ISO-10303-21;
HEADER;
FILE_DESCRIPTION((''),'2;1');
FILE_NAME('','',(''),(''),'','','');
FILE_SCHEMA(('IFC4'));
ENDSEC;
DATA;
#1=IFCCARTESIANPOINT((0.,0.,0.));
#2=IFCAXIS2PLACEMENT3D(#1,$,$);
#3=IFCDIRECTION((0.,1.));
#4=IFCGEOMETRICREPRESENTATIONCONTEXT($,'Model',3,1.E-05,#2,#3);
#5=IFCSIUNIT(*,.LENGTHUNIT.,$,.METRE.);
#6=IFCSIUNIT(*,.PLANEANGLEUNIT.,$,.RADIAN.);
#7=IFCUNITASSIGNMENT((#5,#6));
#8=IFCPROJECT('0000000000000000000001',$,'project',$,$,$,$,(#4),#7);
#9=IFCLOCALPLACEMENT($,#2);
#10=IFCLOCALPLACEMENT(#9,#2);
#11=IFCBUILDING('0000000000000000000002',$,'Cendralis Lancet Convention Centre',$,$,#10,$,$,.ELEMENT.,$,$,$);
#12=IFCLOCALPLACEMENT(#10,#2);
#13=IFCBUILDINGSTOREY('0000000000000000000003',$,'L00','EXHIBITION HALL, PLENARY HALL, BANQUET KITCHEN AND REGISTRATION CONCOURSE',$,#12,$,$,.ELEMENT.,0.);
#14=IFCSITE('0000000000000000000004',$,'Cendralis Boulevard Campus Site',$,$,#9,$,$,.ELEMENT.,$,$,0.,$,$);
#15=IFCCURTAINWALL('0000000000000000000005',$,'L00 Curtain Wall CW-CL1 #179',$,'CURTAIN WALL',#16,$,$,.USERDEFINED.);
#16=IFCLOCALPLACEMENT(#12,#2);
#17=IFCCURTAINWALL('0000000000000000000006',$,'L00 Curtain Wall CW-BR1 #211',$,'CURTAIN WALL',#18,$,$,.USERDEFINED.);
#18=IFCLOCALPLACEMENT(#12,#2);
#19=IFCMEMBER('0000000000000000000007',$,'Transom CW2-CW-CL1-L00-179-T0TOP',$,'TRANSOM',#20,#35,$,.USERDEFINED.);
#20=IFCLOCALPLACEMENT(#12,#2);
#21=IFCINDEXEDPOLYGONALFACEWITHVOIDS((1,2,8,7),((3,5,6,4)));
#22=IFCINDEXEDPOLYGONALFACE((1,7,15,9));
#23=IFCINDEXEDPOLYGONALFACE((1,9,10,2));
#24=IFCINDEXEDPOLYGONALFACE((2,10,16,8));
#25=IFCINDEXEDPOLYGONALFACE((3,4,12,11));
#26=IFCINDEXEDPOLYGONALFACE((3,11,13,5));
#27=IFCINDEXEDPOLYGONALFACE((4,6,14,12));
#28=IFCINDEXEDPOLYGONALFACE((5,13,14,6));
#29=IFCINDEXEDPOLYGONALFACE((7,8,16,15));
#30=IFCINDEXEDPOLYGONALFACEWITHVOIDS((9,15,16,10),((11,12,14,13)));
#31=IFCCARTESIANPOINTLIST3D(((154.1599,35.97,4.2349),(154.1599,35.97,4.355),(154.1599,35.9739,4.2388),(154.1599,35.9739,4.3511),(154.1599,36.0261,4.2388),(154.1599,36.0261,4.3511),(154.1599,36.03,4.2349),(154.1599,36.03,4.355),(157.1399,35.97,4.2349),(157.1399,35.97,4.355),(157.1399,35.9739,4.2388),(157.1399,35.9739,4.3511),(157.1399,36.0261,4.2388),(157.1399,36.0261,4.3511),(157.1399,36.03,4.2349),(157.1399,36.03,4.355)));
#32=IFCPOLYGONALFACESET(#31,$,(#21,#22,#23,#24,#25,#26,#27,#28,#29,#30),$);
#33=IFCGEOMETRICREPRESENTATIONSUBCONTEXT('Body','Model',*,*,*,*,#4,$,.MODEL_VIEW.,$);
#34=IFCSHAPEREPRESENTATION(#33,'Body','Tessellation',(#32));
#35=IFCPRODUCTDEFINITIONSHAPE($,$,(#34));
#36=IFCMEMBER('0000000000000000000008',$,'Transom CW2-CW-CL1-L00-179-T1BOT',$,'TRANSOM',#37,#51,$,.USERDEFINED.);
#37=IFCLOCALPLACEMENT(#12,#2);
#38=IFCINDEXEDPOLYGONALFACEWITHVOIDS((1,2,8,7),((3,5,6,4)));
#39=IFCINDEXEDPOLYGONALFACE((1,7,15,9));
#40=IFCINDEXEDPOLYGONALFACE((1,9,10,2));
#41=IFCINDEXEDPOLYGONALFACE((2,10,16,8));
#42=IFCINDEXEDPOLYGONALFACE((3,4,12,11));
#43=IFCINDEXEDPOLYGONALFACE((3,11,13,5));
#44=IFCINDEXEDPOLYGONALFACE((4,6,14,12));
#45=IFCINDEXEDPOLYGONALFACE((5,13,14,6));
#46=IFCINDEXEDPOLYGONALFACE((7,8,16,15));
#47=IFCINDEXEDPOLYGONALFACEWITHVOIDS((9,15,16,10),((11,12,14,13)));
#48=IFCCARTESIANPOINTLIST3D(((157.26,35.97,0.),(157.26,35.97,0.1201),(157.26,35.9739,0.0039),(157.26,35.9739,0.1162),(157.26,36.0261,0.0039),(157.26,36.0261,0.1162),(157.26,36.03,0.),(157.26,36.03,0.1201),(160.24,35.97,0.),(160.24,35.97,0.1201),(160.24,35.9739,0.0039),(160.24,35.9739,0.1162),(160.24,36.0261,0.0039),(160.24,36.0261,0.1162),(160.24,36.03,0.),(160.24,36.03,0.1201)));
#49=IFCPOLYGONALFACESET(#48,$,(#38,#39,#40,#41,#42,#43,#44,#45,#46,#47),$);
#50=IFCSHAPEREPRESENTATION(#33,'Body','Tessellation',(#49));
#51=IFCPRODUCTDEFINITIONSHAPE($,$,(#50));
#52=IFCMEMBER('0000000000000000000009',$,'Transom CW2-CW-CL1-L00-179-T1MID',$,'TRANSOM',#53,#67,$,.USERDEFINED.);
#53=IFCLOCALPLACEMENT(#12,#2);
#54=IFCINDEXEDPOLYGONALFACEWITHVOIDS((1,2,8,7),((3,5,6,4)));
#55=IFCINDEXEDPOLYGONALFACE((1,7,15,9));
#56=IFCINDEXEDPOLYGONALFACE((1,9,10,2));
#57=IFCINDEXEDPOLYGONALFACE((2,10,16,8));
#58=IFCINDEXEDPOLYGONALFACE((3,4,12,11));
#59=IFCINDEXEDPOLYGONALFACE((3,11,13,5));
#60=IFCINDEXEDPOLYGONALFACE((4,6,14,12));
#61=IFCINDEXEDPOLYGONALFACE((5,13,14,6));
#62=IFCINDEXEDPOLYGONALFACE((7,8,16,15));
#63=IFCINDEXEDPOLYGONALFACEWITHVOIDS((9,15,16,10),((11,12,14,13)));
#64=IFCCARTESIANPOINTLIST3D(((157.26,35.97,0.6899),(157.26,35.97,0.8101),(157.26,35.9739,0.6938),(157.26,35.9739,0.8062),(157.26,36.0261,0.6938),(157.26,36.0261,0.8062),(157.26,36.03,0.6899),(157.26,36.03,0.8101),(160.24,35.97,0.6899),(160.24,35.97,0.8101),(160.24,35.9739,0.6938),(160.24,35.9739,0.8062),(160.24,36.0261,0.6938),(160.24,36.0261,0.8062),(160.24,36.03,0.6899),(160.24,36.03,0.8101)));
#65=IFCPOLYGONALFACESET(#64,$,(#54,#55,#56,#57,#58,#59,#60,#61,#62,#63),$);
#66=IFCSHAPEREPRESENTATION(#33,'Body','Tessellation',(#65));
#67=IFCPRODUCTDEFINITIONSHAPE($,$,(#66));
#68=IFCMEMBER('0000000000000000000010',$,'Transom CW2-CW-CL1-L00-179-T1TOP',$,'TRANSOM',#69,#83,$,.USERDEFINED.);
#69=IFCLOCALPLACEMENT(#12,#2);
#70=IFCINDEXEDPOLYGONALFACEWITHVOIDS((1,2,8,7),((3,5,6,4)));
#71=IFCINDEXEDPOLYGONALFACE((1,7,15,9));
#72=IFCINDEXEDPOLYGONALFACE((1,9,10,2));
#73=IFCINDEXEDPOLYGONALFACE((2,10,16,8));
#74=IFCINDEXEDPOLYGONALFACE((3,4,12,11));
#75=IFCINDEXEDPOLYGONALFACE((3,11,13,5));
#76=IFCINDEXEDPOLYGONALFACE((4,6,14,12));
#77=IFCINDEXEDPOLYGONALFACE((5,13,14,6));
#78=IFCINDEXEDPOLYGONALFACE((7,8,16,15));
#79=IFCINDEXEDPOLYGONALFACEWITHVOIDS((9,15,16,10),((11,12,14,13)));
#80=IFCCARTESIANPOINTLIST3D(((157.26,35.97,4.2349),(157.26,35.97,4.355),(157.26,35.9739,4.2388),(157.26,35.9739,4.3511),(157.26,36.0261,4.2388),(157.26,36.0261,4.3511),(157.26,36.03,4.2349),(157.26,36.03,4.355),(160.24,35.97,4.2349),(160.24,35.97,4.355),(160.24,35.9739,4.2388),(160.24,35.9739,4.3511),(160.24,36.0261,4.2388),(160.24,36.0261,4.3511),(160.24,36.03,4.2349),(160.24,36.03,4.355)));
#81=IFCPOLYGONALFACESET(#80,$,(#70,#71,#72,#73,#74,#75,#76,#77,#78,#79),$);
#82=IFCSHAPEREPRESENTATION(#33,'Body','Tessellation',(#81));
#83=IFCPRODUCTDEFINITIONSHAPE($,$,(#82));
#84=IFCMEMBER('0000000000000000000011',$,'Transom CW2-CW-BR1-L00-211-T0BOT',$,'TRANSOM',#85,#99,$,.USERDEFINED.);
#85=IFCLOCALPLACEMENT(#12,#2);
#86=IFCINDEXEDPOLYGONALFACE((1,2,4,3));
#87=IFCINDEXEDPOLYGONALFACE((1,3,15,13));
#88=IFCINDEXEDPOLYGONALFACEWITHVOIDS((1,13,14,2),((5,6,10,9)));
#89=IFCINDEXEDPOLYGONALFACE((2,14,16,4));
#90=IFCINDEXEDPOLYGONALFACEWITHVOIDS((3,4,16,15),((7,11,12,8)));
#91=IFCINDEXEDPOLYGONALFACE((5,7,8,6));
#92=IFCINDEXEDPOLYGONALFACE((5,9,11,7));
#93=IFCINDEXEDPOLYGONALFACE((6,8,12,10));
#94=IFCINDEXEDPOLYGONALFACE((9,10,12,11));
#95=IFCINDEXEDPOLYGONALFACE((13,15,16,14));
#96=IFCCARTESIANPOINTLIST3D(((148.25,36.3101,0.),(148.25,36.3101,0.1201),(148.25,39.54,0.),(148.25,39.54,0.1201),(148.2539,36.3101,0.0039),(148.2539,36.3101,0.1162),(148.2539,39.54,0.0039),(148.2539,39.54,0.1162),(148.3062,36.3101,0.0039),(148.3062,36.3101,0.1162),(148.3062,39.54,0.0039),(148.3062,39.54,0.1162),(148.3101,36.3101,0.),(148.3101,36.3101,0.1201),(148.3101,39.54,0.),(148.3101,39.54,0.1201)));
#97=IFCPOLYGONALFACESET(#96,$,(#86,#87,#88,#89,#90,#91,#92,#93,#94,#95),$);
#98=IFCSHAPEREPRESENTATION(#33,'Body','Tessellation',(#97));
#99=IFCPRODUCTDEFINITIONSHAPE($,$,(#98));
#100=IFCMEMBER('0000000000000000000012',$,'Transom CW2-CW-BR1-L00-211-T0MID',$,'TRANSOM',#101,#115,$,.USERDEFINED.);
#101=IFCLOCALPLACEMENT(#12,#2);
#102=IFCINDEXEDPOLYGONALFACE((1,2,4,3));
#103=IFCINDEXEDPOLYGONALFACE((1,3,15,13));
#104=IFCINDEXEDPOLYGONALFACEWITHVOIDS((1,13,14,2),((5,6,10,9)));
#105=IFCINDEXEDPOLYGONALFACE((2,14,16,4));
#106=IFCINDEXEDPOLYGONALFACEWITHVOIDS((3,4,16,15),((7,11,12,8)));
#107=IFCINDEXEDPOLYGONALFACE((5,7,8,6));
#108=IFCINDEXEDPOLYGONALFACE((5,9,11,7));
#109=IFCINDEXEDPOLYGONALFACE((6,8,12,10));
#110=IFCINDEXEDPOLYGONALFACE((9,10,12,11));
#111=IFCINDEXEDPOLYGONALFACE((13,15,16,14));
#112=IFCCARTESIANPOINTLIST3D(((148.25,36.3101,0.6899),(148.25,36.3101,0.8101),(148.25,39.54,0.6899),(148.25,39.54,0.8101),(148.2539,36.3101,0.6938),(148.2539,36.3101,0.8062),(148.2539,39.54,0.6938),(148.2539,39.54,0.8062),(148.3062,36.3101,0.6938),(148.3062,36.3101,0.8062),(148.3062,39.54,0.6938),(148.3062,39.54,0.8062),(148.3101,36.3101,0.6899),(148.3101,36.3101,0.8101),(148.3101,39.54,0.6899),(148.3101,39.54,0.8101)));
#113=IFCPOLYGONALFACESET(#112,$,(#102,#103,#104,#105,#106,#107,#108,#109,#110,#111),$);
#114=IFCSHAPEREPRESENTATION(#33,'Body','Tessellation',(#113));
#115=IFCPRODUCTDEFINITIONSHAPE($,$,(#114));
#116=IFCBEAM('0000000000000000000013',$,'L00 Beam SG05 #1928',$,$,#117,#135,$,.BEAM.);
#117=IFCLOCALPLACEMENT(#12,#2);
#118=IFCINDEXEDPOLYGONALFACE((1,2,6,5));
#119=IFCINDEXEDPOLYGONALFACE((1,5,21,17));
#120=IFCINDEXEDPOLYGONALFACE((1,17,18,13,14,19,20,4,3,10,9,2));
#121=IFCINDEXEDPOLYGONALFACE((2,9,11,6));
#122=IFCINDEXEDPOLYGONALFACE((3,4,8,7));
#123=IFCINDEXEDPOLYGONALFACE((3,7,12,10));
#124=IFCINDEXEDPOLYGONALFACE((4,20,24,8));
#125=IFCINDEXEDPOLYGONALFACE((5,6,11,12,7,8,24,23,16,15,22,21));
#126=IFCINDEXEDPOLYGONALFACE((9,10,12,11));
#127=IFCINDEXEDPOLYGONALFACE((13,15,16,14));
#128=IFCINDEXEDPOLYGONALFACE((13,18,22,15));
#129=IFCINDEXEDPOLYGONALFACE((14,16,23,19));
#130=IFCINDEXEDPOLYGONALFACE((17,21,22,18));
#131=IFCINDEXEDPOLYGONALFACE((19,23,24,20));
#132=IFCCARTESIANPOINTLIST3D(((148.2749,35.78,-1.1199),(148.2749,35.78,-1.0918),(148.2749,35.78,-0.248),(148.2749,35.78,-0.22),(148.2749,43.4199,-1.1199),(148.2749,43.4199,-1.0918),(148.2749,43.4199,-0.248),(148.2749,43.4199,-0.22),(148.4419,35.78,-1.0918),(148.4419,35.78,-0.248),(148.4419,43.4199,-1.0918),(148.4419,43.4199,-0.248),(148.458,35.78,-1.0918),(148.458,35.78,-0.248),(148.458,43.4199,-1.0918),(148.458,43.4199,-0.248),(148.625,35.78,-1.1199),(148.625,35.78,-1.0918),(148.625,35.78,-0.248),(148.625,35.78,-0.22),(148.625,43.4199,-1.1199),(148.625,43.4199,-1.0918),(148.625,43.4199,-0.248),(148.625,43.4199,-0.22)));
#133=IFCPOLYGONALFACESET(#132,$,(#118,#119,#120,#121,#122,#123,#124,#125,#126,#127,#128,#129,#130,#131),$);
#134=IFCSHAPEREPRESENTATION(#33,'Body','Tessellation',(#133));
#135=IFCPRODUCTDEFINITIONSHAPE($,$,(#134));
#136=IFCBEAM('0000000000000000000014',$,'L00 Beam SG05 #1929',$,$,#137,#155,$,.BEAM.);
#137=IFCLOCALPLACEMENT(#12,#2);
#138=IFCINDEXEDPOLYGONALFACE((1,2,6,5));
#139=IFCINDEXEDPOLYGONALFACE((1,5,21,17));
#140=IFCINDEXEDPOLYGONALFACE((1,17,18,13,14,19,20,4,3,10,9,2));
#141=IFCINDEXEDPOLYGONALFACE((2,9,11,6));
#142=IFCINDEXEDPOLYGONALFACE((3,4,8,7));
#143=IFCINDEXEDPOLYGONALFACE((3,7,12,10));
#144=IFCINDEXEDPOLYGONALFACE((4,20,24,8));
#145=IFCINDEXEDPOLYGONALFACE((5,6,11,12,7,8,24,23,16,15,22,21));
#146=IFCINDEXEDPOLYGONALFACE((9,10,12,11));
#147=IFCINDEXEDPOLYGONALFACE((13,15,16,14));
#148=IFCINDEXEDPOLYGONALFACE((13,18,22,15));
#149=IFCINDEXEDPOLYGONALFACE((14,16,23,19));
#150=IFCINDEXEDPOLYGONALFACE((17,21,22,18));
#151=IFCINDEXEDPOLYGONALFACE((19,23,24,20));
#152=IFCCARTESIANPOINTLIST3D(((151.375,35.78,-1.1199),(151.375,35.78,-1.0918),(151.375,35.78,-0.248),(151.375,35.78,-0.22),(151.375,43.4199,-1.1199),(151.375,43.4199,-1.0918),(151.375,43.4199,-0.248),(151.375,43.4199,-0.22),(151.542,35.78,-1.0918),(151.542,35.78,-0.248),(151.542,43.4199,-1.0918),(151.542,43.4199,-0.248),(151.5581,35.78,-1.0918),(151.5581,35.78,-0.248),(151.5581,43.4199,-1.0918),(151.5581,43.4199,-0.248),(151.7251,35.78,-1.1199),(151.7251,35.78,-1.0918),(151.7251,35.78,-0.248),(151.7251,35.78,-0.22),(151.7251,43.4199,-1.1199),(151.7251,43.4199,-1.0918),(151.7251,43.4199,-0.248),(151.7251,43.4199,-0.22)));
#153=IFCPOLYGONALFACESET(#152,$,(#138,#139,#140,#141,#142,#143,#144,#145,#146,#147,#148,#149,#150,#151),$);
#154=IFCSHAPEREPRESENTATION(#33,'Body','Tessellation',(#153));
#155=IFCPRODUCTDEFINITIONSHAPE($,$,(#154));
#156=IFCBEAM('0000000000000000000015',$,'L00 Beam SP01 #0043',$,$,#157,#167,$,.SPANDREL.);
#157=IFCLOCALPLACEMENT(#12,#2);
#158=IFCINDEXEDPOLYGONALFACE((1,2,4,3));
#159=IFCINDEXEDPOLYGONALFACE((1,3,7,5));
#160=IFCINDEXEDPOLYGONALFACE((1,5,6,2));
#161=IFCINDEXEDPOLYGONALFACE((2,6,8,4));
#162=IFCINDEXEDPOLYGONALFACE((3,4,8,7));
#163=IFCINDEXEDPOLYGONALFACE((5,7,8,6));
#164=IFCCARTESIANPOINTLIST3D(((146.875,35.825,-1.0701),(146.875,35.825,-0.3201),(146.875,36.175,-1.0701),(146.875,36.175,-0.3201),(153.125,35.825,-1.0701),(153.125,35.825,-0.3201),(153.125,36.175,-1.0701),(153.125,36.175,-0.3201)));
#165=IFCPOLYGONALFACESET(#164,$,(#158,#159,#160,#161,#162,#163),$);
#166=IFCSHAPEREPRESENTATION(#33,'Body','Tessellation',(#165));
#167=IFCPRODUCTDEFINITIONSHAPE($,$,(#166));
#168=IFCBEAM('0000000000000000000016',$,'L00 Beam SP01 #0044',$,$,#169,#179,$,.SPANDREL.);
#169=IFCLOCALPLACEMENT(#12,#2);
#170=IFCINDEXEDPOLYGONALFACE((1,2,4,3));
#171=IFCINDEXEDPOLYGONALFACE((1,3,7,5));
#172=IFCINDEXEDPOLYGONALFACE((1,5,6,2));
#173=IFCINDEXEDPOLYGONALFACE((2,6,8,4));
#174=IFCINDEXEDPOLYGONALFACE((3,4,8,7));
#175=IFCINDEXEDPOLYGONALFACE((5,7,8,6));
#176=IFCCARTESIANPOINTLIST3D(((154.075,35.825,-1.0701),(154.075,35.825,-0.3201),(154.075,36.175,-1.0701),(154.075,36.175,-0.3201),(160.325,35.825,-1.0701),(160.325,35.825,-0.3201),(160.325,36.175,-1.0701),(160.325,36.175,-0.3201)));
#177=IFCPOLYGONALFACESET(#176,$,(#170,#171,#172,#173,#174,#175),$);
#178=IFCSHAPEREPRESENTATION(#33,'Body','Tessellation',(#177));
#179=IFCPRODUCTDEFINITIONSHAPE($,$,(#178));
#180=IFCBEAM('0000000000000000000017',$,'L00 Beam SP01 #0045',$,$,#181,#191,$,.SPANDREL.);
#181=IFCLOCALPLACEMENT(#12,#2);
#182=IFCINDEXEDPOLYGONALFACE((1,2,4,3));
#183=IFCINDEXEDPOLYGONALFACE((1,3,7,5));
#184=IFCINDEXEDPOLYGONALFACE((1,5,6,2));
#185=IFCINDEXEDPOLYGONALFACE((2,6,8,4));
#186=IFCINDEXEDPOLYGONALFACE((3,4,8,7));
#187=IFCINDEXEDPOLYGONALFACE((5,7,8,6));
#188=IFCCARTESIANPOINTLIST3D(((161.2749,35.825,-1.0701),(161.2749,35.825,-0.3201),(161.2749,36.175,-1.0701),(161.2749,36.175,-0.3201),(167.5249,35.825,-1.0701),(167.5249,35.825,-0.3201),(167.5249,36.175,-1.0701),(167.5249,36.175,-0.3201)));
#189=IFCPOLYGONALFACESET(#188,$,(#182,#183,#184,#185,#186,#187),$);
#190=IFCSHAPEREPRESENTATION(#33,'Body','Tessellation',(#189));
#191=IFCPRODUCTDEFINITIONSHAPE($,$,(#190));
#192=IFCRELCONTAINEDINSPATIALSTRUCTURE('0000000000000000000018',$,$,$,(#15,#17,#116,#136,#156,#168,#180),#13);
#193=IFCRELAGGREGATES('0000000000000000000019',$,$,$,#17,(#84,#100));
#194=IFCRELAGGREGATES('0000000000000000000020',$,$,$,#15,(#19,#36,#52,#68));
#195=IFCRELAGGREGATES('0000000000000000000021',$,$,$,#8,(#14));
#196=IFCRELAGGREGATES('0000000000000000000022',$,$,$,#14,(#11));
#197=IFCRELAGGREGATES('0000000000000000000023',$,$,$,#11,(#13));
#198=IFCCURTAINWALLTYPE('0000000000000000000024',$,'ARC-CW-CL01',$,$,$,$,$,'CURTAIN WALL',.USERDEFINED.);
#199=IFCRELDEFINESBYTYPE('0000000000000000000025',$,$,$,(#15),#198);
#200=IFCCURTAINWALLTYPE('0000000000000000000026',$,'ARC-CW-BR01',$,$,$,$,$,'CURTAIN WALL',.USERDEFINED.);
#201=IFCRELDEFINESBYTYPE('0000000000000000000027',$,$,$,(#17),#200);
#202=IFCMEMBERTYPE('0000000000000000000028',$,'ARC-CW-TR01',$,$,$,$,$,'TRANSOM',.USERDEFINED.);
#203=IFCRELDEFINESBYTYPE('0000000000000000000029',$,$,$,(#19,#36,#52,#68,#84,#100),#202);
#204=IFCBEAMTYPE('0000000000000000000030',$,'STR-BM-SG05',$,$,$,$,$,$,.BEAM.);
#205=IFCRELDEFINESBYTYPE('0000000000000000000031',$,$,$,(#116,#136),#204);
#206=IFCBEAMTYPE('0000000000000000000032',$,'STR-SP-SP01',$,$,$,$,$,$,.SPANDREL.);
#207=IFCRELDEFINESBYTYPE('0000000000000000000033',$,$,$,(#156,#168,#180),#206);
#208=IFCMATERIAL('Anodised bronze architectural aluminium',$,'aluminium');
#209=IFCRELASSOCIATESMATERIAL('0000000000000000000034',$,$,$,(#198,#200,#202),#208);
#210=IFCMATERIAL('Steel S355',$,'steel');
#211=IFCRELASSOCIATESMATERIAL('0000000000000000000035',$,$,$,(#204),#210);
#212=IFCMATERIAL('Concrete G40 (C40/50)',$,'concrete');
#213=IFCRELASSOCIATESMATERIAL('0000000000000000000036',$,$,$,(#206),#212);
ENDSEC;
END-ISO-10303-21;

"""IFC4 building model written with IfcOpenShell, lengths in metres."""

from ifc_helpers import new_model, si_unit, direction, frame, origin, origin_2d, place, context, subcontext, project, spatial, rectangle, hollow_rectangle, i_section, extrude, material, material_profile, profile_set, type_object, element, aggregate, save


model = new_model("IFC4")

# Units and contexts
model_context = context("Model", 3, precision=1e-05, world=origin(), true_north=direction((0.0, 1.0)))
body_context = subcontext(model_context, "Body", "Model", "MODEL_VIEW")
ifc_project = project(units=[si_unit("LENGTHUNIT", "METRE"), si_unit("PLANEANGLEUNIT", "RADIAN")], contexts=[model_context])

# Site, building, storey
site_placement = place(None, origin())
site = spatial("IfcSite", under=ifc_project, at=site_placement, Name="Cendralis Boulevard Campus Site", CompositionType="ELEMENT", RefElevation=0.0)
building_placement = place(site_placement, origin())
building = spatial("IfcBuilding", under=site, at=building_placement, Name="Cendralis Lancet Convention Centre", CompositionType="ELEMENT")
storey_placement = place(building_placement, origin())
storey = spatial("IfcBuildingStorey", under=building, at=storey_placement, Name="L00", Description="EXHIBITION HALL, PLENARY HALL, BANQUET KITCHEN AND REGISTRATION CONCOURSE", CompositionType="ELEMENT", Elevation=0.0)

# Shared definitions
ifc_material_1 = material(Name="Concrete G40 (C40/50)", Category="concrete")

# Curtain wall
ifc_material_2 = material(Name="Anodised bronze architectural aluminium", Category="aluminium")
curtain_wall_type_1 = type_object("IfcCurtainWallType", Name="ARC-CW-CL01", ElementType="CURTAIN WALL", PredefinedType="USERDEFINED", material=ifc_material_2)
curtain_wall_1_placement = place(storey_placement, origin())
curtain_wall_1 = element("IfcCurtainWall", 1, at=curtain_wall_1_placement, inside=storey, type_object=curtain_wall_type_1, Name="L00 Curtain Wall CW-CL1 #179", ObjectType="CURTAIN WALL", PredefinedType="USERDEFINED")

# Curtain wall
curtain_wall_type_2 = type_object("IfcCurtainWallType", Name="ARC-CW-BR01", ElementType="CURTAIN WALL", PredefinedType="USERDEFINED", material=ifc_material_2)
curtain_wall_2_placement = place(storey_placement, origin())
curtain_wall_2 = element("IfcCurtainWall", 2, at=curtain_wall_2_placement, inside=storey, type_object=curtain_wall_type_2, Name="L00 Curtain Wall CW-BR1 #211", ObjectType="CURTAIN WALL", PredefinedType="USERDEFINED")

# Members
ifc_material_profile_1 = material_profile(ifc_material_2, hollow_rectangle(XDim=0.0601, YDim=0.1201, WallThickness=0.0039, at=origin_2d()), Name="AL-TRAN 60x120x4.0")
ifc_profile_set_1 = profile_set([ifc_material_profile_1], Name="Anodised bronze architectural aluminium")
member_type_1 = type_object("IfcMemberType", Name="ARC-CW-TR01", ElementType="TRANSOM", PredefinedType="USERDEFINED", material=ifc_profile_set_1)
member_1_placement = place(storey_placement, frame((154.1599, 36.0, 4.2949), z_axis=(1.0, 0.0, 0.0), x_axis=(0.0, 1.0, 0.0)))
member_1 = element("IfcMember", 3, at=member_1_placement, type_object=member_type_1, Name="Transom CW2-CW-CL1-L00-179-T0TOP", ObjectType="TRANSOM", PredefinedType="USERDEFINED", context=body_context, shape_type="SweptSolid", body=[
    extrude(hollow_rectangle(XDim=0.0601, YDim=0.1201, WallThickness=0.0039, at=origin_2d()), origin(), (0.0, 0.0, 1.0), 2.98),
])
member_2_placement = place(storey_placement, frame((157.26, 36.0, 0.0601), z_axis=(1.0, 0.0, 0.0), x_axis=(0.0, 1.0, 0.0)))
member_2 = element("IfcMember", 4, at=member_2_placement, type_object=member_type_1, Name="Transom CW2-CW-CL1-L00-179-T1BOT", ObjectType="TRANSOM", PredefinedType="USERDEFINED", context=body_context, shape_type="SweptSolid", body=[
    extrude(hollow_rectangle(XDim=0.0601, YDim=0.1201, WallThickness=0.0039, at=origin_2d()), origin(), (0.0, 0.0, 1.0), 2.98),
])
member_3_placement = place(storey_placement, frame((157.26, 36.0, 0.75), z_axis=(1.0, 0.0, 0.0), x_axis=(0.0, 1.0, 0.0)))
member_3 = element("IfcMember", 5, at=member_3_placement, type_object=member_type_1, Name="Transom CW2-CW-CL1-L00-179-T1MID", ObjectType="TRANSOM", PredefinedType="USERDEFINED", context=body_context, shape_type="SweptSolid", body=[
    extrude(hollow_rectangle(XDim=0.0601, YDim=0.1201, WallThickness=0.0039, at=origin_2d()), origin(), (0.0, 0.0, 1.0), 2.98),
])
member_4_placement = place(storey_placement, frame((157.26, 36.0, 4.2949), z_axis=(1.0, 0.0, 0.0), x_axis=(0.0, 1.0, 0.0)))
member_4 = element("IfcMember", 6, at=member_4_placement, type_object=member_type_1, Name="Transom CW2-CW-CL1-L00-179-T1TOP", ObjectType="TRANSOM", PredefinedType="USERDEFINED", context=body_context, shape_type="SweptSolid", body=[
    extrude(hollow_rectangle(XDim=0.0601, YDim=0.1201, WallThickness=0.0039, at=origin_2d()), origin(), (0.0, 0.0, 1.0), 2.98),
])
member_5_placement = place(storey_placement, frame((148.28, 36.3101, 0.0601), z_axis=(0.0, 1.0, 0.0), x_axis=(-1.0, 0.0, 0.0)))
member_5 = element("IfcMember", 7, at=member_5_placement, type_object=member_type_1, Name="Transom CW2-CW-BR1-L00-211-T0BOT", ObjectType="TRANSOM", PredefinedType="USERDEFINED", context=body_context, shape_type="SweptSolid", body=[
    extrude(hollow_rectangle(XDim=0.0601, YDim=0.1201, WallThickness=0.0039, at=origin_2d()), origin(), (0.0, 0.0, 1.0), 3.23),
])
member_6_placement = place(storey_placement, frame((148.28, 36.3101, 0.75), z_axis=(0.0, 1.0, 0.0), x_axis=(-1.0, 0.0, 0.0)))
member_6 = element("IfcMember", 8, at=member_6_placement, type_object=member_type_1, Name="Transom CW2-CW-BR1-L00-211-T0MID", ObjectType="TRANSOM", PredefinedType="USERDEFINED", context=body_context, shape_type="SweptSolid", body=[
    extrude(hollow_rectangle(XDim=0.0601, YDim=0.1201, WallThickness=0.0039, at=origin_2d()), origin(), (0.0, 0.0, 1.0), 3.23),
])
aggregate(curtain_wall_2, [member_5, member_6])

# Beams
ifc_material_3 = material(Name="Steel S355", Category="steel")
ifc_material_profile_2 = material_profile(ifc_material_3, i_section(OverallWidth=0.3501, OverallDepth=0.8999, WebThickness=0.0161, FlangeThickness=0.0281, at=origin_2d()), Name="PG 900x350")
ifc_profile_set_2 = profile_set([ifc_material_profile_2], Name="Steel S355")
beam_type_1 = type_object("IfcBeamType", Name="STR-BM-SG05", PredefinedType="BEAM", material=ifc_profile_set_2)
for number, where, z_axis, x_axis, name in (
    (9, (148.45, 35.78, -0.6699), (0.0, 1.0, 0.0), (-1.0, 0.0, 0.0), "L00 Beam SG05 #1928"),
    (10, (151.55, 35.78, -0.6699), (0.0, 1.0, 0.0), (-1.0, 0.0, 0.0), "L00 Beam SG05 #1929"),
):
    element("IfcBeam", number, at=place(storey_placement, frame(where, z_axis=z_axis, x_axis=x_axis)), inside=storey, type_object=beam_type_1, Name=name, PredefinedType="BEAM", context=body_context, shape_type="SweptSolid", body=[
        extrude(i_section(OverallWidth=0.3501, OverallDepth=0.8999, WebThickness=0.0161, FlangeThickness=0.0281, at=origin_2d()), origin(), (0.0, 0.0, 1.0), 7.6399),
    ])
ifc_material_profile_3 = material_profile(ifc_material_1, rectangle(XDim=0.3501, YDim=0.75, at=origin_2d()), Name="RCB 350x750")
ifc_profile_set_3 = profile_set([ifc_material_profile_3], Name="Concrete G40 (C40/50)")
beam_type_2 = type_object("IfcBeamType", Name="STR-SP-SP01", PredefinedType="SPANDREL", material=ifc_profile_set_3)
for number, where, z_axis, x_axis, name in (
    (11, (146.875, 36.0, -0.6951), (1.0, 0.0, 0.0), (0.0, 1.0, 0.0), "L00 Beam SP01 #0043"),
    (12, (154.075, 36.0, -0.6951), (1.0, 0.0, 0.0), (0.0, 1.0, 0.0), "L00 Beam SP01 #0044"),
    (13, (161.2749, 36.0, -0.6951), (1.0, 0.0, 0.0), (0.0, 1.0, 0.0), "L00 Beam SP01 #0045"),
):
    element("IfcBeam", number, at=place(storey_placement, frame(where, z_axis=z_axis, x_axis=x_axis)), inside=storey, type_object=beam_type_2, Name=name, PredefinedType="SPANDREL", context=body_context, shape_type="SweptSolid", body=[
        extrude(rectangle(XDim=0.3501, YDim=0.75, at=origin_2d()), origin(), (0.0, 0.0, 1.0), 6.25),
    ])

aggregate(curtain_wall_1, [member_1, member_2, member_3, member_4])

save(model, "model.ifc")
